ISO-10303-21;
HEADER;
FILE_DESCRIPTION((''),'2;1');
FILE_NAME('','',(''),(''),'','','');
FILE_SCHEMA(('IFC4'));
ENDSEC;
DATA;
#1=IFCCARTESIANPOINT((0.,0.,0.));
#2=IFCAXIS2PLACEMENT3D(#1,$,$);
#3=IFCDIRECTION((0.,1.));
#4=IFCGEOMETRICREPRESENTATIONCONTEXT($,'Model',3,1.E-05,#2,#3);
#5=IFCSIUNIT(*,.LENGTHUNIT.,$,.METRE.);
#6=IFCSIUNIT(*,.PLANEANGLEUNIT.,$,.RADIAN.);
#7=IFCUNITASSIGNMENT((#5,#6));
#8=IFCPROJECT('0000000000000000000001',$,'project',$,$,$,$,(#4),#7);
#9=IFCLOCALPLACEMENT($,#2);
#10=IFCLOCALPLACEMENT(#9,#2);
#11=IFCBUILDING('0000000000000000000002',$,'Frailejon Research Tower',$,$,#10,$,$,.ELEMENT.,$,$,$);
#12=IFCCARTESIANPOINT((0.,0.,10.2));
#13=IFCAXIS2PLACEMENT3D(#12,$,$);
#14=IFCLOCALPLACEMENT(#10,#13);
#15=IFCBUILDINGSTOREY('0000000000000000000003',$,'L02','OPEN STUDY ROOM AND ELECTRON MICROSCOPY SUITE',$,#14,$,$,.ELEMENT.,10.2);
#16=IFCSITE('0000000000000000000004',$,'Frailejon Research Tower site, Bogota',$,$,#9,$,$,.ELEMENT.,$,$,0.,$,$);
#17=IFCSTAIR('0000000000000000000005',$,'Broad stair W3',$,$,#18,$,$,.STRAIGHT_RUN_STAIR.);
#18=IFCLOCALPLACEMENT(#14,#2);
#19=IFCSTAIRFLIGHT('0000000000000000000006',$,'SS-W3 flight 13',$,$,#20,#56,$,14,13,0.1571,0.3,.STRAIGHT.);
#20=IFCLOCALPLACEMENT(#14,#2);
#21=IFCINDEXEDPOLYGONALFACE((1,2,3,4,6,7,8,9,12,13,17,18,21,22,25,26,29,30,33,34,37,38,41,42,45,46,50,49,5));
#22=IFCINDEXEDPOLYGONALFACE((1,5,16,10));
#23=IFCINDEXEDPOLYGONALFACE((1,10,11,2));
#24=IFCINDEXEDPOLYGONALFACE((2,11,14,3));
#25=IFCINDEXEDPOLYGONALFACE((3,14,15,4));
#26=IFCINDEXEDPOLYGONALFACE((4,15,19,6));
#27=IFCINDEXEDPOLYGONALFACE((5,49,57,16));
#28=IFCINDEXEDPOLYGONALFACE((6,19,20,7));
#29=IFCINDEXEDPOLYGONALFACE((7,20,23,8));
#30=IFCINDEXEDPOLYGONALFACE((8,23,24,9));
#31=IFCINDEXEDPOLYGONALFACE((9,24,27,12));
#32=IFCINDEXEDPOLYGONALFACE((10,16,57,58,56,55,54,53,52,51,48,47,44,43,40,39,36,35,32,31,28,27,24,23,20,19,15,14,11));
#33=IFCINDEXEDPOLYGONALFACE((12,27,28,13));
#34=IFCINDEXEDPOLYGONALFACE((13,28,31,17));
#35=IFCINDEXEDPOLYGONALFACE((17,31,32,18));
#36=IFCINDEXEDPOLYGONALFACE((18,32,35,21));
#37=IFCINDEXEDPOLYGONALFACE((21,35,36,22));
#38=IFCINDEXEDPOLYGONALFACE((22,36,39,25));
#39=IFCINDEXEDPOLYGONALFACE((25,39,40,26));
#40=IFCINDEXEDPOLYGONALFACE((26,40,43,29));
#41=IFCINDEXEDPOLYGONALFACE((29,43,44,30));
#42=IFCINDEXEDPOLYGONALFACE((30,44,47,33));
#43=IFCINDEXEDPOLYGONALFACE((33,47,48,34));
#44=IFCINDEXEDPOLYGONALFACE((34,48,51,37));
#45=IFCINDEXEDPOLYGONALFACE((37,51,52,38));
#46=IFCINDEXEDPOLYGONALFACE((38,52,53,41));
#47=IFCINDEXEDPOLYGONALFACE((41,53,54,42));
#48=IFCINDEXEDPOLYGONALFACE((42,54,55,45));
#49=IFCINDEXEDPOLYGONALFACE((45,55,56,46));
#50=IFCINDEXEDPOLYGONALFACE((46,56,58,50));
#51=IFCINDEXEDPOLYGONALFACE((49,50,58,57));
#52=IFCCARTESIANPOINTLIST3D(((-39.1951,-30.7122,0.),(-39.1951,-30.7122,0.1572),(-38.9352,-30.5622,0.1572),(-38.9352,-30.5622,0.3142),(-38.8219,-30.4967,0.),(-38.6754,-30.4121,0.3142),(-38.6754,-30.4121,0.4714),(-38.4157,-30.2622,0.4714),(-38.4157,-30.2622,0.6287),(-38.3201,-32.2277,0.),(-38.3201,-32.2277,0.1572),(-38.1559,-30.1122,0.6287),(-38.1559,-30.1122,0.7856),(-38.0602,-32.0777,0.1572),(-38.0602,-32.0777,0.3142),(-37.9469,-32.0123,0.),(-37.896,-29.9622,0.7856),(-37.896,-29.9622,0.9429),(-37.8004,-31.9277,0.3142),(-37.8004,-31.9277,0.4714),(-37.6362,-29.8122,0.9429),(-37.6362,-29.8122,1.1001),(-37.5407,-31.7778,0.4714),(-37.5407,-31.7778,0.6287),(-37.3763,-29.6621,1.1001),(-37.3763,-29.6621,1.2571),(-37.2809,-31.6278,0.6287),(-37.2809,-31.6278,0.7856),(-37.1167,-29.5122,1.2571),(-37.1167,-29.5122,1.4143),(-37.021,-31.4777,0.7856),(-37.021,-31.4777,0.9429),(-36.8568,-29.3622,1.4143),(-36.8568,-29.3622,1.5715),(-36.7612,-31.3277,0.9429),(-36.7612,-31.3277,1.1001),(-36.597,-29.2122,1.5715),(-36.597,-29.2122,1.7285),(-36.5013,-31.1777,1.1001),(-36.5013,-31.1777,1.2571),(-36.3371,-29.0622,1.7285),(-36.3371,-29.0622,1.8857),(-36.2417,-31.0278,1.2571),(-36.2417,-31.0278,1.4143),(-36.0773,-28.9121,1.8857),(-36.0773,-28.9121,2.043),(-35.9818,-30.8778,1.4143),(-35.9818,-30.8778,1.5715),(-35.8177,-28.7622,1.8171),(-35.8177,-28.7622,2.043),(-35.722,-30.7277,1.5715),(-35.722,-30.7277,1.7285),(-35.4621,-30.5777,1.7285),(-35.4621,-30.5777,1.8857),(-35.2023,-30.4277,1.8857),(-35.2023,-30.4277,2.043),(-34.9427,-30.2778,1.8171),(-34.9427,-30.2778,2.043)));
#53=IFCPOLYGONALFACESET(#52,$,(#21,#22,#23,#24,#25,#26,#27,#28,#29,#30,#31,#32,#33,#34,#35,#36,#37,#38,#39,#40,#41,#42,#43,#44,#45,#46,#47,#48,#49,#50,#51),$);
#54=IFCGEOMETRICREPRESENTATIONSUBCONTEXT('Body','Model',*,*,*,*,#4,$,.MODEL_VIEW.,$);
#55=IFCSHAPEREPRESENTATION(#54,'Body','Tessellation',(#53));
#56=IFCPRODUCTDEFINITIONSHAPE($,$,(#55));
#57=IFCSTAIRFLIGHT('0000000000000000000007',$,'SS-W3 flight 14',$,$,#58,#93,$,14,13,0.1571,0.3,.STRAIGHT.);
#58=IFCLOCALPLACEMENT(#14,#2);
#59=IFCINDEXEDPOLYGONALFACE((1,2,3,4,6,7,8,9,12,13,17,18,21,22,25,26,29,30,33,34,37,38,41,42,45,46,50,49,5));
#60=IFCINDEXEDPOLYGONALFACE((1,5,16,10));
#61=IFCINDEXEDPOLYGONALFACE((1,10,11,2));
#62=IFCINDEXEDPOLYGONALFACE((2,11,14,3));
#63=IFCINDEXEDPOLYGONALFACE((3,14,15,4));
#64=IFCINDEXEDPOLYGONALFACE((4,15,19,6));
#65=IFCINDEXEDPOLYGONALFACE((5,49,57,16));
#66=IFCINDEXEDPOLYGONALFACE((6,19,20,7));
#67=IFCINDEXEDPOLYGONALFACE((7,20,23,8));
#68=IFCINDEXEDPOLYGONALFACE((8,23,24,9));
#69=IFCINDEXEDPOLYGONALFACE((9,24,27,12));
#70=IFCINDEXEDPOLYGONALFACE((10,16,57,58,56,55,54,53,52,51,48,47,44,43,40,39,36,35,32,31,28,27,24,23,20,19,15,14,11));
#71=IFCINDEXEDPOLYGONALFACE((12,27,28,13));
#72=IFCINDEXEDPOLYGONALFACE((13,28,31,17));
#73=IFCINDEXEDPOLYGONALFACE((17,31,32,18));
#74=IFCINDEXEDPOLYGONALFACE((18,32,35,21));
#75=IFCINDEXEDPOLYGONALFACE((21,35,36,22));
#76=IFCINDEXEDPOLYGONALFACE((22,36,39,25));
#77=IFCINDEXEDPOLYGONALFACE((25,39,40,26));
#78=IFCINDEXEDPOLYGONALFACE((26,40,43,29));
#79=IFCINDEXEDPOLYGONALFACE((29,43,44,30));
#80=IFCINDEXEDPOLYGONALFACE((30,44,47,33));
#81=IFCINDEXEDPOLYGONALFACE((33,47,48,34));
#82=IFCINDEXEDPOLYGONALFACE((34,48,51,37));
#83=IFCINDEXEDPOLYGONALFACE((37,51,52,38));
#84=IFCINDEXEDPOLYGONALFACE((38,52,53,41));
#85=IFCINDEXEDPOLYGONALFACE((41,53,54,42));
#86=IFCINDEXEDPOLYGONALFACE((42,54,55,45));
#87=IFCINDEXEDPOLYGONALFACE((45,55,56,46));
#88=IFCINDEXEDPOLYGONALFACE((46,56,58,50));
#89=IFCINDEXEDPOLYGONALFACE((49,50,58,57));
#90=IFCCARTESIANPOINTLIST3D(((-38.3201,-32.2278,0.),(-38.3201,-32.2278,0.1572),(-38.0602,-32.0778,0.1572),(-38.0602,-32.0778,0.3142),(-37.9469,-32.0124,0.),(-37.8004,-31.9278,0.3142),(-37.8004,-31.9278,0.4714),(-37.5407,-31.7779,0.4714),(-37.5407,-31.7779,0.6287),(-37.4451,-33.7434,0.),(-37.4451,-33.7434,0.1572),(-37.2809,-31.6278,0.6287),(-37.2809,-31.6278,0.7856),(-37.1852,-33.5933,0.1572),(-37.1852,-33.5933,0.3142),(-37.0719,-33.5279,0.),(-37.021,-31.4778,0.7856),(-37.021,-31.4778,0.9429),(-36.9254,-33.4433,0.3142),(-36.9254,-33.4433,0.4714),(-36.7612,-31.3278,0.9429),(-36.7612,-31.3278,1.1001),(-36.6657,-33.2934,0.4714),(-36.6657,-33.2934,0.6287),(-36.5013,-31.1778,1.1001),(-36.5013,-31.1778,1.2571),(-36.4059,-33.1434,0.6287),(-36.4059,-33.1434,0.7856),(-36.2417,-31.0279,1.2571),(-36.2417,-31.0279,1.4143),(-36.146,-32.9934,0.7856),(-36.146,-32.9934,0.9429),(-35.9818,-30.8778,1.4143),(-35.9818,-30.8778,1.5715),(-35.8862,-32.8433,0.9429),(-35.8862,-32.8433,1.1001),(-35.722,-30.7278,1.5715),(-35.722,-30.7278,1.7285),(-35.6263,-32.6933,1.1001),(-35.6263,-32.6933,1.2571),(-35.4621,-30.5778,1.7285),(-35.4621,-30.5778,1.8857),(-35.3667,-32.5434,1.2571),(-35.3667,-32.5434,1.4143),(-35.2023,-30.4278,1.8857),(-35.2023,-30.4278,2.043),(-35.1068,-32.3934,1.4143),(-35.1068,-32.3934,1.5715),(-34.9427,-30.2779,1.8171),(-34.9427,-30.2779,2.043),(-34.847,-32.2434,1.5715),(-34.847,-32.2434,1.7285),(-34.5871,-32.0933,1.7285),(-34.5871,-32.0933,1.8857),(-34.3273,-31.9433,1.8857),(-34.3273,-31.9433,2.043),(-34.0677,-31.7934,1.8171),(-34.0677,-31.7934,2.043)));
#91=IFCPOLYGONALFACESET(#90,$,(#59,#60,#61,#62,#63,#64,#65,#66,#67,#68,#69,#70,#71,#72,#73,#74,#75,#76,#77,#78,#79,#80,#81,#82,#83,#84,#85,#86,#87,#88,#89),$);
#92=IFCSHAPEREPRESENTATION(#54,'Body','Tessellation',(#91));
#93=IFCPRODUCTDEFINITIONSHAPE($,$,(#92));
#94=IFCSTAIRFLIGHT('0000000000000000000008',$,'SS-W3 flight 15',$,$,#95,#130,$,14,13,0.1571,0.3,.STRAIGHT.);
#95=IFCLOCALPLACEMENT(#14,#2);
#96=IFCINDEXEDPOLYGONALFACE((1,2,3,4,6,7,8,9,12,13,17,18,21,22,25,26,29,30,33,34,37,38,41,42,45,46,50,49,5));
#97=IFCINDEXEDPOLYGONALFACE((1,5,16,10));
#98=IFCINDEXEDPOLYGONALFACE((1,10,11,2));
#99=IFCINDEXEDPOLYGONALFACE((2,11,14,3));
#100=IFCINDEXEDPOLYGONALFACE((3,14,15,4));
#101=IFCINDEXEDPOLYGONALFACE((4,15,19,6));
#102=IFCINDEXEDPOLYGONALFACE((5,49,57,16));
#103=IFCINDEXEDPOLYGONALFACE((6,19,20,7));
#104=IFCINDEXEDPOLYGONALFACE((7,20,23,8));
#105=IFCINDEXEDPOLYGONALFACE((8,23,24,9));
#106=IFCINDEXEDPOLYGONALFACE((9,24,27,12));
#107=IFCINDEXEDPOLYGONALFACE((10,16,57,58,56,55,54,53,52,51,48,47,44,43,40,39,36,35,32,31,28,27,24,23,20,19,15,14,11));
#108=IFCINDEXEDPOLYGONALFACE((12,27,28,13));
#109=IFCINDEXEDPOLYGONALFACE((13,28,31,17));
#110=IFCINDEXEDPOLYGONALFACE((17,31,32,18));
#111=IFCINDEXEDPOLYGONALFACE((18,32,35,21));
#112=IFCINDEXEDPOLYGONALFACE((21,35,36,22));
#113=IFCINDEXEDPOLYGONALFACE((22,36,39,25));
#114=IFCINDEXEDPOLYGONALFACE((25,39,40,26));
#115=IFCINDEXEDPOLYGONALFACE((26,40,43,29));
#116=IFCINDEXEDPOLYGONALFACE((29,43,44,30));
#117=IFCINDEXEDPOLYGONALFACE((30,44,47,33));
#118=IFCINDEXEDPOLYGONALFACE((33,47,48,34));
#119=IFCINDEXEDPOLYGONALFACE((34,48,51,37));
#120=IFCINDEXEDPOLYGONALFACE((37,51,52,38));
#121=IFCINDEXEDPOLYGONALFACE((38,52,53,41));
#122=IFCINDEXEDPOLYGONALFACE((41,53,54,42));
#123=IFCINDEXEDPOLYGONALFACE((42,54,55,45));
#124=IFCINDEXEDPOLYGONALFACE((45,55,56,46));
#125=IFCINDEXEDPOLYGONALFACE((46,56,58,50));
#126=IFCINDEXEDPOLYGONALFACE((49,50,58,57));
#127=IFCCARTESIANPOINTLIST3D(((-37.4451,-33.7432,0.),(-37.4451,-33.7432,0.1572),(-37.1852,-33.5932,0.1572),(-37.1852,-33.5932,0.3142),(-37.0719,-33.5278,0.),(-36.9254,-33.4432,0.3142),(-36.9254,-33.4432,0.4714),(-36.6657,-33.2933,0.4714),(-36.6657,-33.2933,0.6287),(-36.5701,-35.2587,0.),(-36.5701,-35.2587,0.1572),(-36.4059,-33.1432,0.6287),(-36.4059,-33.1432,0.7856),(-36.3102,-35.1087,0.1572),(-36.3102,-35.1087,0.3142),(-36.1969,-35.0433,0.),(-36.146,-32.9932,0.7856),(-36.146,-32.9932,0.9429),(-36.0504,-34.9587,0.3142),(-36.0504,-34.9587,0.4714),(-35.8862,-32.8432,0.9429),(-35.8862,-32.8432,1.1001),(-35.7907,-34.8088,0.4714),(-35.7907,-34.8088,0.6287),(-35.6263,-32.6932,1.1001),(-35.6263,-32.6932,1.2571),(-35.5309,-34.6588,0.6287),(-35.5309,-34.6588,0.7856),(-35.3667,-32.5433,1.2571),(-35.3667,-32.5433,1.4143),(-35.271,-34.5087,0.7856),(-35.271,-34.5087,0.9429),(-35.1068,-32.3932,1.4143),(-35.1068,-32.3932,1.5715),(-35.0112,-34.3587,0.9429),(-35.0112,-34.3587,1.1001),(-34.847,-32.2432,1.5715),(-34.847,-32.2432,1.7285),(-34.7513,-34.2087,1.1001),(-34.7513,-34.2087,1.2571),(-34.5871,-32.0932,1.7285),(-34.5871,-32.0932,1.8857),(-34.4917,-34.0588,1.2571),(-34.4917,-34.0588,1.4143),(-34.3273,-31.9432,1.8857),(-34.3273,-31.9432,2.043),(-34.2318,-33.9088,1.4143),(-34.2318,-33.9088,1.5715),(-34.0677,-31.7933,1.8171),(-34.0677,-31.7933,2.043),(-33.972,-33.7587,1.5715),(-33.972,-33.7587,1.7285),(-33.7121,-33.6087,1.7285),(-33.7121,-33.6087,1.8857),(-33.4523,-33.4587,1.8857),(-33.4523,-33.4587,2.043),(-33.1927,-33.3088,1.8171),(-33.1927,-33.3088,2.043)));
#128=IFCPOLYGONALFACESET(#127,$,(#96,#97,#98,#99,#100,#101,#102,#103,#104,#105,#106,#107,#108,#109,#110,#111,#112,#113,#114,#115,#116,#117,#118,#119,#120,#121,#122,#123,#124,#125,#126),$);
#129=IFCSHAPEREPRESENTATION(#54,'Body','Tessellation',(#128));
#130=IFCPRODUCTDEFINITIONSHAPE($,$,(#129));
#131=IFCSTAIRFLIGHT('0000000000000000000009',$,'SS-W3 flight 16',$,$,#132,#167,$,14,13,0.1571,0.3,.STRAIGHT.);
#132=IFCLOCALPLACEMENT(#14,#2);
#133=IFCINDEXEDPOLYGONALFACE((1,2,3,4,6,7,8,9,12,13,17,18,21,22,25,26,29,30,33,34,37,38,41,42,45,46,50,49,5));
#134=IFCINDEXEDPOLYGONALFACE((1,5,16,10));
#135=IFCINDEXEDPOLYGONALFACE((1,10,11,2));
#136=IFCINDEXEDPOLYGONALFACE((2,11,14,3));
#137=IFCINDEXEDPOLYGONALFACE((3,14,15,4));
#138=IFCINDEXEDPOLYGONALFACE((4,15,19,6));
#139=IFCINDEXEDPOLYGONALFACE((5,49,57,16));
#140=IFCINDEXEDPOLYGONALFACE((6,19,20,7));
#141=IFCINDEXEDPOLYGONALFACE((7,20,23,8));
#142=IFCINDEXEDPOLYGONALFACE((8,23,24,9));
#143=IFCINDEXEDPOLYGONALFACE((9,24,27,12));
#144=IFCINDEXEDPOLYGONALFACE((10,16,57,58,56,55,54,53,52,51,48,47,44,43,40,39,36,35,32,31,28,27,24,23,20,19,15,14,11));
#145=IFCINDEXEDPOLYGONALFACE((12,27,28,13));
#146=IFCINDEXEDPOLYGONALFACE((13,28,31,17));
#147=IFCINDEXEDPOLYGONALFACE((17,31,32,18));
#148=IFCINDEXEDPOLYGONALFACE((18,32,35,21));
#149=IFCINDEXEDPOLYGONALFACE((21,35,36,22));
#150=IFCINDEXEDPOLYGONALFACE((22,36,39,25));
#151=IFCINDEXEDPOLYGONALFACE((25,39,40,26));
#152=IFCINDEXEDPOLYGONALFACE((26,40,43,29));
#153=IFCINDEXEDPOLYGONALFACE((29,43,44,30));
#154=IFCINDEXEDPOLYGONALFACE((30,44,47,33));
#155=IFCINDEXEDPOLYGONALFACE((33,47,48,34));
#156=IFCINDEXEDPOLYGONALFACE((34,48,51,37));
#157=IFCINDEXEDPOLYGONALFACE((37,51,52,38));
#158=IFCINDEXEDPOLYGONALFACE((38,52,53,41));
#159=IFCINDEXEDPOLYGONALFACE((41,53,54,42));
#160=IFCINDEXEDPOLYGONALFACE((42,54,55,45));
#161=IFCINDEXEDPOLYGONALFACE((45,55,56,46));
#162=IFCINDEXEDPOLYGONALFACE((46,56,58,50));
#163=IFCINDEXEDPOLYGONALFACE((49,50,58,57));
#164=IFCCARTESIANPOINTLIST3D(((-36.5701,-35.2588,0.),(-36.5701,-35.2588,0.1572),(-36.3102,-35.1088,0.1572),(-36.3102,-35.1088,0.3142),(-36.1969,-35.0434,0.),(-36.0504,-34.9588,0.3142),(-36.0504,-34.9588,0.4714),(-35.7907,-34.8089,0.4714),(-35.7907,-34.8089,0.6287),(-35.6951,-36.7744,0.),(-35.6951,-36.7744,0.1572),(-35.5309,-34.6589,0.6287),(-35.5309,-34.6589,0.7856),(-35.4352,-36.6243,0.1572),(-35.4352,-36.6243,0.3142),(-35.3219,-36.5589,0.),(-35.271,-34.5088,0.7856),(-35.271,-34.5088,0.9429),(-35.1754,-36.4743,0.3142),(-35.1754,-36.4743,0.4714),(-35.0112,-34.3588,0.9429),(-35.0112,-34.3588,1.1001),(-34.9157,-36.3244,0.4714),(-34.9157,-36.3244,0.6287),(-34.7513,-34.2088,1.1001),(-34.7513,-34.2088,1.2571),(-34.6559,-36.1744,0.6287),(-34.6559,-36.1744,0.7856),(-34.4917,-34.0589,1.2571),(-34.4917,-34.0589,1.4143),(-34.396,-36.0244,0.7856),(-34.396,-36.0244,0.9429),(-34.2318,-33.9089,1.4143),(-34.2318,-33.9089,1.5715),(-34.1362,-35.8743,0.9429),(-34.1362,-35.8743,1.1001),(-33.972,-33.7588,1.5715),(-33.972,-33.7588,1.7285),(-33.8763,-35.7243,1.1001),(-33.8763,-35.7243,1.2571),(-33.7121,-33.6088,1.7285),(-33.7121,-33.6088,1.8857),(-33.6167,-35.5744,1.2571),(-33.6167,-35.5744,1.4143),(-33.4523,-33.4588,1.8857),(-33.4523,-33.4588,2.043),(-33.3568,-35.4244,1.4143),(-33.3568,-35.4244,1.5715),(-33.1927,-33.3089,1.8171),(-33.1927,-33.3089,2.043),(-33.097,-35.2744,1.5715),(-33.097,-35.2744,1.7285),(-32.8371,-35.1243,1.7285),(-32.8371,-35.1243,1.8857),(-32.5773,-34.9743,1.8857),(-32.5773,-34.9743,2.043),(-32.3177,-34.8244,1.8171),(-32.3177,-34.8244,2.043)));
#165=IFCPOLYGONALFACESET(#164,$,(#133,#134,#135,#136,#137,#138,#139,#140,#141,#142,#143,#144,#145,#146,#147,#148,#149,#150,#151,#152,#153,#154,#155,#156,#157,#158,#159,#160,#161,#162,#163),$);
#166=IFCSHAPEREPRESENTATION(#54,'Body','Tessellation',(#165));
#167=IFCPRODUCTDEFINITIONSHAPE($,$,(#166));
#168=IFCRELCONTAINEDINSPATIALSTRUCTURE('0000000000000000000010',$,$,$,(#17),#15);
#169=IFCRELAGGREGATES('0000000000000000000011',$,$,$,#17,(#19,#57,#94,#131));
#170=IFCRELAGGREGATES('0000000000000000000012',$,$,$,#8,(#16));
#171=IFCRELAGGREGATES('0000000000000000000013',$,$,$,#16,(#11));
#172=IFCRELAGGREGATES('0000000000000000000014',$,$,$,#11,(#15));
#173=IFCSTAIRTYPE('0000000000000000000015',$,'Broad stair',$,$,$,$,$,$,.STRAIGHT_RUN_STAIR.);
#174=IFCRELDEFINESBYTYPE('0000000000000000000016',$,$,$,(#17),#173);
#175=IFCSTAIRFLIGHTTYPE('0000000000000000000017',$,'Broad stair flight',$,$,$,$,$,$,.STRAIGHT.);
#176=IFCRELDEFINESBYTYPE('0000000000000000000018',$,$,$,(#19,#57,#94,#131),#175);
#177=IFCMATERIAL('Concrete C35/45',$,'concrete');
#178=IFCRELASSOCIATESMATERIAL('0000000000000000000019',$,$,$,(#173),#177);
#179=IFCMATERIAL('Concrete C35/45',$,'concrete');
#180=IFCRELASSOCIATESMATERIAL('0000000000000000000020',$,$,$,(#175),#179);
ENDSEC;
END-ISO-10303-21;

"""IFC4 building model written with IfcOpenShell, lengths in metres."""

from ifc_helpers import new_model, si_unit, direction, frame, origin, place, context, subcontext, project, spatial, polyline, outline, extrude, material, type_object, element, aggregate, save


model = new_model("IFC4")

# Units and contexts
model_context = context("Model", 3, precision=1e-05, world=origin(), true_north=direction((0.0, 1.0)))
body_context = subcontext(model_context, "Body", "Model", "MODEL_VIEW")
ifc_project = project(units=[si_unit("LENGTHUNIT", "METRE"), si_unit("PLANEANGLEUNIT", "RADIAN")], contexts=[model_context])

# Site, building, storey
site_placement = place(None, origin())
site = spatial("IfcSite", under=ifc_project, at=site_placement, Name="Frailejon Research Tower site, Bogota", CompositionType="ELEMENT", RefElevation=0.0)
building_placement = place(site_placement, origin())
building = spatial("IfcBuilding", under=site, at=building_placement, Name="Frailejon Research Tower", CompositionType="ELEMENT")
storey_placement = place(building_placement, frame((0.0, 0.0, 10.2)))
storey = spatial("IfcBuildingStorey", under=building, at=storey_placement, Name="L02", Description="OPEN STUDY ROOM AND ELECTRON MICROSCOPY SUITE", CompositionType="ELEMENT", Elevation=10.2)

# Stair, stair flights
ifc_material_1 = material(Name="Concrete C35/45", Category="concrete")
stair_type = type_object("IfcStairType", Name="Broad stair", PredefinedType="STRAIGHT_RUN_STAIR", material=ifc_material_1)
stair_placement = place(storey_placement, origin())
stair = element("IfcStair", 1, at=stair_placement, inside=storey, type_object=stair_type, Name="Broad stair W3", PredefinedType="STRAIGHT_RUN_STAIR")
ifc_material_2 = material(Name="Concrete C35/45", Category="concrete")
stair_flight_type = type_object("IfcStairFlightType", Name="Broad stair flight", PredefinedType="STRAIGHT", material=ifc_material_2)
stair_flight_1_placement = place(storey_placement, frame((-38.7576, -31.47, 0.0), z_axis=(0.0, 0.0, 1.0), x_axis=(0.866025, 0.5, 0.0)))
stair_flight_1 = element("IfcStairFlight", 2, at=stair_flight_1_placement, type_object=stair_flight_type, Name="SS-W3 flight 13", NumberOfRisers=14, NumberOfTreads=13, PredefinedType="STRAIGHT", RiserHeight=0.1571, TreadLength=0.3, context=body_context, shape_type="SweptSolid", body=[
    extrude(outline(polyline([(0.0, 0.0), (0.0, 0.1572), (0.3, 0.1572), (0.3, 0.3142), (0.6001, 0.3142), (0.6001, 0.4714), (0.8999, 0.4714), (0.8999, 0.6287), (1.2, 0.6287), (1.2, 0.7856), (1.5, 0.7856), (1.5, 0.9429), (1.8, 0.9429), (1.8, 1.1001), (2.1001, 1.1001), (2.1001, 1.2571), (2.3999, 1.2571), (2.3999, 1.4143), (2.7, 1.4143), (2.7, 1.5715), (3.0, 1.5715), (3.0, 1.7285), (3.3, 1.7285), (3.3, 1.8857), (3.6001, 1.8857), (3.6001, 2.043), (3.8999, 2.043), (3.8999, 2.2), (3.8999, 1.8171), (0.4309, 0.0), (0.0, 0.0)])), frame((0.0, 0.875, 0.0), z_axis=(0.0, -1.0, 0.0), x_axis=(1.0, 0.0, 0.0)), (0.0, 0.0, 1.0), 1.75),
])
stair_flight_2_placement = place(storey_placement, frame((-37.8826, -32.9856, 0.0), z_axis=(0.0, 0.0, 1.0), x_axis=(0.866025, 0.5, 0.0)))
stair_flight_2 = element("IfcStairFlight", 3, at=stair_flight_2_placement, type_object=stair_flight_type, Name="SS-W3 flight 14", NumberOfRisers=14, NumberOfTreads=13, PredefinedType="STRAIGHT", RiserHeight=0.1571, TreadLength=0.3, context=body_context, shape_type="SweptSolid", body=[
    extrude(outline(polyline([(0.0, 0.0), (0.0, 0.1572), (0.3, 0.1572), (0.3, 0.3142), (0.6001, 0.3142), (0.6001, 0.4714), (0.8999, 0.4714), (0.8999, 0.6287), (1.2, 0.6287), (1.2, 0.7856), (1.5, 0.7856), (1.5, 0.9429), (1.8, 0.9429), (1.8, 1.1001), (2.1001, 1.1001), (2.1001, 1.2571), (2.3999, 1.2571), (2.3999, 1.4143), (2.7, 1.4143), (2.7, 1.5715), (3.0, 1.5715), (3.0, 1.7285), (3.3, 1.7285), (3.3, 1.8857), (3.6001, 1.8857), (3.6001, 2.043), (3.8999, 2.043), (3.8999, 2.2), (3.8999, 1.8171), (0.4309, 0.0), (0.0, 0.0)])), frame((0.0, 0.875, 0.0), z_axis=(0.0, -1.0, 0.0), x_axis=(1.0, 0.0, 0.0)), (0.0, 0.0, 1.0), 1.75),
])
stair_flight_3_placement = place(storey_placement, frame((-37.0076, -34.501, 0.0), z_axis=(0.0, 0.0, 1.0), x_axis=(0.866025, 0.5, 0.0)))
stair_flight_3 = element("IfcStairFlight", 4, at=stair_flight_3_placement, type_object=stair_flight_type, Name="SS-W3 flight 15", NumberOfRisers=14, NumberOfTreads=13, PredefinedType="STRAIGHT", RiserHeight=0.1571, TreadLength=0.3, context=body_context, shape_type="SweptSolid", body=[
    extrude(outline(polyline([(0.0, 0.0), (0.0, 0.1572), (0.3, 0.1572), (0.3, 0.3142), (0.6001, 0.3142), (0.6001, 0.4714), (0.8999, 0.4714), (0.8999, 0.6287), (1.2, 0.6287), (1.2, 0.7856), (1.5, 0.7856), (1.5, 0.9429), (1.8, 0.9429), (1.8, 1.1001), (2.1001, 1.1001), (2.1001, 1.2571), (2.3999, 1.2571), (2.3999, 1.4143), (2.7, 1.4143), (2.7, 1.5715), (3.0, 1.5715), (3.0, 1.7285), (3.3, 1.7285), (3.3, 1.8857), (3.6001, 1.8857), (3.6001, 2.043), (3.8999, 2.043), (3.8999, 2.2), (3.8999, 1.8171), (0.4309, 0.0), (0.0, 0.0)])), frame((0.0, 0.875, 0.0), z_axis=(0.0, -1.0, 0.0), x_axis=(1.0, 0.0, 0.0)), (0.0, 0.0, 1.0), 1.75),
])
stair_flight_4_placement = place(storey_placement, frame((-36.1326, -36.0166, 0.0), z_axis=(0.0, 0.0, 1.0), x_axis=(0.866025, 0.5, 0.0)))
stair_flight_4 = element("IfcStairFlight", 5, at=stair_flight_4_placement, type_object=stair_flight_type, Name="SS-W3 flight 16", NumberOfRisers=14, NumberOfTreads=13, PredefinedType="STRAIGHT", RiserHeight=0.1571, TreadLength=0.3, context=body_context, shape_type="SweptSolid", body=[
    extrude(outline(polyline([(0.0, 0.0), (0.0, 0.1572), (0.3, 0.1572), (0.3, 0.3142), (0.6001, 0.3142), (0.6001, 0.4714), (0.8999, 0.4714), (0.8999, 0.6287), (1.2, 0.6287), (1.2, 0.7856), (1.5, 0.7856), (1.5, 0.9429), (1.8, 0.9429), (1.8, 1.1001), (2.1001, 1.1001), (2.1001, 1.2571), (2.3999, 1.2571), (2.3999, 1.4143), (2.7, 1.4143), (2.7, 1.5715), (3.0, 1.5715), (3.0, 1.7285), (3.3, 1.7285), (3.3, 1.8857), (3.6001, 1.8857), (3.6001, 2.043), (3.8999, 2.043), (3.8999, 2.2), (3.8999, 1.8171), (0.4309, 0.0), (0.0, 0.0)])), frame((0.0, 0.875, 0.0), z_axis=(0.0, -1.0, 0.0), x_axis=(1.0, 0.0, 0.0)), (0.0, 0.0, 1.0), 1.75),
])
aggregate(stair, [stair_flight_1, stair_flight_2, stair_flight_3, stair_flight_4])

save(model, "model.ifc")
